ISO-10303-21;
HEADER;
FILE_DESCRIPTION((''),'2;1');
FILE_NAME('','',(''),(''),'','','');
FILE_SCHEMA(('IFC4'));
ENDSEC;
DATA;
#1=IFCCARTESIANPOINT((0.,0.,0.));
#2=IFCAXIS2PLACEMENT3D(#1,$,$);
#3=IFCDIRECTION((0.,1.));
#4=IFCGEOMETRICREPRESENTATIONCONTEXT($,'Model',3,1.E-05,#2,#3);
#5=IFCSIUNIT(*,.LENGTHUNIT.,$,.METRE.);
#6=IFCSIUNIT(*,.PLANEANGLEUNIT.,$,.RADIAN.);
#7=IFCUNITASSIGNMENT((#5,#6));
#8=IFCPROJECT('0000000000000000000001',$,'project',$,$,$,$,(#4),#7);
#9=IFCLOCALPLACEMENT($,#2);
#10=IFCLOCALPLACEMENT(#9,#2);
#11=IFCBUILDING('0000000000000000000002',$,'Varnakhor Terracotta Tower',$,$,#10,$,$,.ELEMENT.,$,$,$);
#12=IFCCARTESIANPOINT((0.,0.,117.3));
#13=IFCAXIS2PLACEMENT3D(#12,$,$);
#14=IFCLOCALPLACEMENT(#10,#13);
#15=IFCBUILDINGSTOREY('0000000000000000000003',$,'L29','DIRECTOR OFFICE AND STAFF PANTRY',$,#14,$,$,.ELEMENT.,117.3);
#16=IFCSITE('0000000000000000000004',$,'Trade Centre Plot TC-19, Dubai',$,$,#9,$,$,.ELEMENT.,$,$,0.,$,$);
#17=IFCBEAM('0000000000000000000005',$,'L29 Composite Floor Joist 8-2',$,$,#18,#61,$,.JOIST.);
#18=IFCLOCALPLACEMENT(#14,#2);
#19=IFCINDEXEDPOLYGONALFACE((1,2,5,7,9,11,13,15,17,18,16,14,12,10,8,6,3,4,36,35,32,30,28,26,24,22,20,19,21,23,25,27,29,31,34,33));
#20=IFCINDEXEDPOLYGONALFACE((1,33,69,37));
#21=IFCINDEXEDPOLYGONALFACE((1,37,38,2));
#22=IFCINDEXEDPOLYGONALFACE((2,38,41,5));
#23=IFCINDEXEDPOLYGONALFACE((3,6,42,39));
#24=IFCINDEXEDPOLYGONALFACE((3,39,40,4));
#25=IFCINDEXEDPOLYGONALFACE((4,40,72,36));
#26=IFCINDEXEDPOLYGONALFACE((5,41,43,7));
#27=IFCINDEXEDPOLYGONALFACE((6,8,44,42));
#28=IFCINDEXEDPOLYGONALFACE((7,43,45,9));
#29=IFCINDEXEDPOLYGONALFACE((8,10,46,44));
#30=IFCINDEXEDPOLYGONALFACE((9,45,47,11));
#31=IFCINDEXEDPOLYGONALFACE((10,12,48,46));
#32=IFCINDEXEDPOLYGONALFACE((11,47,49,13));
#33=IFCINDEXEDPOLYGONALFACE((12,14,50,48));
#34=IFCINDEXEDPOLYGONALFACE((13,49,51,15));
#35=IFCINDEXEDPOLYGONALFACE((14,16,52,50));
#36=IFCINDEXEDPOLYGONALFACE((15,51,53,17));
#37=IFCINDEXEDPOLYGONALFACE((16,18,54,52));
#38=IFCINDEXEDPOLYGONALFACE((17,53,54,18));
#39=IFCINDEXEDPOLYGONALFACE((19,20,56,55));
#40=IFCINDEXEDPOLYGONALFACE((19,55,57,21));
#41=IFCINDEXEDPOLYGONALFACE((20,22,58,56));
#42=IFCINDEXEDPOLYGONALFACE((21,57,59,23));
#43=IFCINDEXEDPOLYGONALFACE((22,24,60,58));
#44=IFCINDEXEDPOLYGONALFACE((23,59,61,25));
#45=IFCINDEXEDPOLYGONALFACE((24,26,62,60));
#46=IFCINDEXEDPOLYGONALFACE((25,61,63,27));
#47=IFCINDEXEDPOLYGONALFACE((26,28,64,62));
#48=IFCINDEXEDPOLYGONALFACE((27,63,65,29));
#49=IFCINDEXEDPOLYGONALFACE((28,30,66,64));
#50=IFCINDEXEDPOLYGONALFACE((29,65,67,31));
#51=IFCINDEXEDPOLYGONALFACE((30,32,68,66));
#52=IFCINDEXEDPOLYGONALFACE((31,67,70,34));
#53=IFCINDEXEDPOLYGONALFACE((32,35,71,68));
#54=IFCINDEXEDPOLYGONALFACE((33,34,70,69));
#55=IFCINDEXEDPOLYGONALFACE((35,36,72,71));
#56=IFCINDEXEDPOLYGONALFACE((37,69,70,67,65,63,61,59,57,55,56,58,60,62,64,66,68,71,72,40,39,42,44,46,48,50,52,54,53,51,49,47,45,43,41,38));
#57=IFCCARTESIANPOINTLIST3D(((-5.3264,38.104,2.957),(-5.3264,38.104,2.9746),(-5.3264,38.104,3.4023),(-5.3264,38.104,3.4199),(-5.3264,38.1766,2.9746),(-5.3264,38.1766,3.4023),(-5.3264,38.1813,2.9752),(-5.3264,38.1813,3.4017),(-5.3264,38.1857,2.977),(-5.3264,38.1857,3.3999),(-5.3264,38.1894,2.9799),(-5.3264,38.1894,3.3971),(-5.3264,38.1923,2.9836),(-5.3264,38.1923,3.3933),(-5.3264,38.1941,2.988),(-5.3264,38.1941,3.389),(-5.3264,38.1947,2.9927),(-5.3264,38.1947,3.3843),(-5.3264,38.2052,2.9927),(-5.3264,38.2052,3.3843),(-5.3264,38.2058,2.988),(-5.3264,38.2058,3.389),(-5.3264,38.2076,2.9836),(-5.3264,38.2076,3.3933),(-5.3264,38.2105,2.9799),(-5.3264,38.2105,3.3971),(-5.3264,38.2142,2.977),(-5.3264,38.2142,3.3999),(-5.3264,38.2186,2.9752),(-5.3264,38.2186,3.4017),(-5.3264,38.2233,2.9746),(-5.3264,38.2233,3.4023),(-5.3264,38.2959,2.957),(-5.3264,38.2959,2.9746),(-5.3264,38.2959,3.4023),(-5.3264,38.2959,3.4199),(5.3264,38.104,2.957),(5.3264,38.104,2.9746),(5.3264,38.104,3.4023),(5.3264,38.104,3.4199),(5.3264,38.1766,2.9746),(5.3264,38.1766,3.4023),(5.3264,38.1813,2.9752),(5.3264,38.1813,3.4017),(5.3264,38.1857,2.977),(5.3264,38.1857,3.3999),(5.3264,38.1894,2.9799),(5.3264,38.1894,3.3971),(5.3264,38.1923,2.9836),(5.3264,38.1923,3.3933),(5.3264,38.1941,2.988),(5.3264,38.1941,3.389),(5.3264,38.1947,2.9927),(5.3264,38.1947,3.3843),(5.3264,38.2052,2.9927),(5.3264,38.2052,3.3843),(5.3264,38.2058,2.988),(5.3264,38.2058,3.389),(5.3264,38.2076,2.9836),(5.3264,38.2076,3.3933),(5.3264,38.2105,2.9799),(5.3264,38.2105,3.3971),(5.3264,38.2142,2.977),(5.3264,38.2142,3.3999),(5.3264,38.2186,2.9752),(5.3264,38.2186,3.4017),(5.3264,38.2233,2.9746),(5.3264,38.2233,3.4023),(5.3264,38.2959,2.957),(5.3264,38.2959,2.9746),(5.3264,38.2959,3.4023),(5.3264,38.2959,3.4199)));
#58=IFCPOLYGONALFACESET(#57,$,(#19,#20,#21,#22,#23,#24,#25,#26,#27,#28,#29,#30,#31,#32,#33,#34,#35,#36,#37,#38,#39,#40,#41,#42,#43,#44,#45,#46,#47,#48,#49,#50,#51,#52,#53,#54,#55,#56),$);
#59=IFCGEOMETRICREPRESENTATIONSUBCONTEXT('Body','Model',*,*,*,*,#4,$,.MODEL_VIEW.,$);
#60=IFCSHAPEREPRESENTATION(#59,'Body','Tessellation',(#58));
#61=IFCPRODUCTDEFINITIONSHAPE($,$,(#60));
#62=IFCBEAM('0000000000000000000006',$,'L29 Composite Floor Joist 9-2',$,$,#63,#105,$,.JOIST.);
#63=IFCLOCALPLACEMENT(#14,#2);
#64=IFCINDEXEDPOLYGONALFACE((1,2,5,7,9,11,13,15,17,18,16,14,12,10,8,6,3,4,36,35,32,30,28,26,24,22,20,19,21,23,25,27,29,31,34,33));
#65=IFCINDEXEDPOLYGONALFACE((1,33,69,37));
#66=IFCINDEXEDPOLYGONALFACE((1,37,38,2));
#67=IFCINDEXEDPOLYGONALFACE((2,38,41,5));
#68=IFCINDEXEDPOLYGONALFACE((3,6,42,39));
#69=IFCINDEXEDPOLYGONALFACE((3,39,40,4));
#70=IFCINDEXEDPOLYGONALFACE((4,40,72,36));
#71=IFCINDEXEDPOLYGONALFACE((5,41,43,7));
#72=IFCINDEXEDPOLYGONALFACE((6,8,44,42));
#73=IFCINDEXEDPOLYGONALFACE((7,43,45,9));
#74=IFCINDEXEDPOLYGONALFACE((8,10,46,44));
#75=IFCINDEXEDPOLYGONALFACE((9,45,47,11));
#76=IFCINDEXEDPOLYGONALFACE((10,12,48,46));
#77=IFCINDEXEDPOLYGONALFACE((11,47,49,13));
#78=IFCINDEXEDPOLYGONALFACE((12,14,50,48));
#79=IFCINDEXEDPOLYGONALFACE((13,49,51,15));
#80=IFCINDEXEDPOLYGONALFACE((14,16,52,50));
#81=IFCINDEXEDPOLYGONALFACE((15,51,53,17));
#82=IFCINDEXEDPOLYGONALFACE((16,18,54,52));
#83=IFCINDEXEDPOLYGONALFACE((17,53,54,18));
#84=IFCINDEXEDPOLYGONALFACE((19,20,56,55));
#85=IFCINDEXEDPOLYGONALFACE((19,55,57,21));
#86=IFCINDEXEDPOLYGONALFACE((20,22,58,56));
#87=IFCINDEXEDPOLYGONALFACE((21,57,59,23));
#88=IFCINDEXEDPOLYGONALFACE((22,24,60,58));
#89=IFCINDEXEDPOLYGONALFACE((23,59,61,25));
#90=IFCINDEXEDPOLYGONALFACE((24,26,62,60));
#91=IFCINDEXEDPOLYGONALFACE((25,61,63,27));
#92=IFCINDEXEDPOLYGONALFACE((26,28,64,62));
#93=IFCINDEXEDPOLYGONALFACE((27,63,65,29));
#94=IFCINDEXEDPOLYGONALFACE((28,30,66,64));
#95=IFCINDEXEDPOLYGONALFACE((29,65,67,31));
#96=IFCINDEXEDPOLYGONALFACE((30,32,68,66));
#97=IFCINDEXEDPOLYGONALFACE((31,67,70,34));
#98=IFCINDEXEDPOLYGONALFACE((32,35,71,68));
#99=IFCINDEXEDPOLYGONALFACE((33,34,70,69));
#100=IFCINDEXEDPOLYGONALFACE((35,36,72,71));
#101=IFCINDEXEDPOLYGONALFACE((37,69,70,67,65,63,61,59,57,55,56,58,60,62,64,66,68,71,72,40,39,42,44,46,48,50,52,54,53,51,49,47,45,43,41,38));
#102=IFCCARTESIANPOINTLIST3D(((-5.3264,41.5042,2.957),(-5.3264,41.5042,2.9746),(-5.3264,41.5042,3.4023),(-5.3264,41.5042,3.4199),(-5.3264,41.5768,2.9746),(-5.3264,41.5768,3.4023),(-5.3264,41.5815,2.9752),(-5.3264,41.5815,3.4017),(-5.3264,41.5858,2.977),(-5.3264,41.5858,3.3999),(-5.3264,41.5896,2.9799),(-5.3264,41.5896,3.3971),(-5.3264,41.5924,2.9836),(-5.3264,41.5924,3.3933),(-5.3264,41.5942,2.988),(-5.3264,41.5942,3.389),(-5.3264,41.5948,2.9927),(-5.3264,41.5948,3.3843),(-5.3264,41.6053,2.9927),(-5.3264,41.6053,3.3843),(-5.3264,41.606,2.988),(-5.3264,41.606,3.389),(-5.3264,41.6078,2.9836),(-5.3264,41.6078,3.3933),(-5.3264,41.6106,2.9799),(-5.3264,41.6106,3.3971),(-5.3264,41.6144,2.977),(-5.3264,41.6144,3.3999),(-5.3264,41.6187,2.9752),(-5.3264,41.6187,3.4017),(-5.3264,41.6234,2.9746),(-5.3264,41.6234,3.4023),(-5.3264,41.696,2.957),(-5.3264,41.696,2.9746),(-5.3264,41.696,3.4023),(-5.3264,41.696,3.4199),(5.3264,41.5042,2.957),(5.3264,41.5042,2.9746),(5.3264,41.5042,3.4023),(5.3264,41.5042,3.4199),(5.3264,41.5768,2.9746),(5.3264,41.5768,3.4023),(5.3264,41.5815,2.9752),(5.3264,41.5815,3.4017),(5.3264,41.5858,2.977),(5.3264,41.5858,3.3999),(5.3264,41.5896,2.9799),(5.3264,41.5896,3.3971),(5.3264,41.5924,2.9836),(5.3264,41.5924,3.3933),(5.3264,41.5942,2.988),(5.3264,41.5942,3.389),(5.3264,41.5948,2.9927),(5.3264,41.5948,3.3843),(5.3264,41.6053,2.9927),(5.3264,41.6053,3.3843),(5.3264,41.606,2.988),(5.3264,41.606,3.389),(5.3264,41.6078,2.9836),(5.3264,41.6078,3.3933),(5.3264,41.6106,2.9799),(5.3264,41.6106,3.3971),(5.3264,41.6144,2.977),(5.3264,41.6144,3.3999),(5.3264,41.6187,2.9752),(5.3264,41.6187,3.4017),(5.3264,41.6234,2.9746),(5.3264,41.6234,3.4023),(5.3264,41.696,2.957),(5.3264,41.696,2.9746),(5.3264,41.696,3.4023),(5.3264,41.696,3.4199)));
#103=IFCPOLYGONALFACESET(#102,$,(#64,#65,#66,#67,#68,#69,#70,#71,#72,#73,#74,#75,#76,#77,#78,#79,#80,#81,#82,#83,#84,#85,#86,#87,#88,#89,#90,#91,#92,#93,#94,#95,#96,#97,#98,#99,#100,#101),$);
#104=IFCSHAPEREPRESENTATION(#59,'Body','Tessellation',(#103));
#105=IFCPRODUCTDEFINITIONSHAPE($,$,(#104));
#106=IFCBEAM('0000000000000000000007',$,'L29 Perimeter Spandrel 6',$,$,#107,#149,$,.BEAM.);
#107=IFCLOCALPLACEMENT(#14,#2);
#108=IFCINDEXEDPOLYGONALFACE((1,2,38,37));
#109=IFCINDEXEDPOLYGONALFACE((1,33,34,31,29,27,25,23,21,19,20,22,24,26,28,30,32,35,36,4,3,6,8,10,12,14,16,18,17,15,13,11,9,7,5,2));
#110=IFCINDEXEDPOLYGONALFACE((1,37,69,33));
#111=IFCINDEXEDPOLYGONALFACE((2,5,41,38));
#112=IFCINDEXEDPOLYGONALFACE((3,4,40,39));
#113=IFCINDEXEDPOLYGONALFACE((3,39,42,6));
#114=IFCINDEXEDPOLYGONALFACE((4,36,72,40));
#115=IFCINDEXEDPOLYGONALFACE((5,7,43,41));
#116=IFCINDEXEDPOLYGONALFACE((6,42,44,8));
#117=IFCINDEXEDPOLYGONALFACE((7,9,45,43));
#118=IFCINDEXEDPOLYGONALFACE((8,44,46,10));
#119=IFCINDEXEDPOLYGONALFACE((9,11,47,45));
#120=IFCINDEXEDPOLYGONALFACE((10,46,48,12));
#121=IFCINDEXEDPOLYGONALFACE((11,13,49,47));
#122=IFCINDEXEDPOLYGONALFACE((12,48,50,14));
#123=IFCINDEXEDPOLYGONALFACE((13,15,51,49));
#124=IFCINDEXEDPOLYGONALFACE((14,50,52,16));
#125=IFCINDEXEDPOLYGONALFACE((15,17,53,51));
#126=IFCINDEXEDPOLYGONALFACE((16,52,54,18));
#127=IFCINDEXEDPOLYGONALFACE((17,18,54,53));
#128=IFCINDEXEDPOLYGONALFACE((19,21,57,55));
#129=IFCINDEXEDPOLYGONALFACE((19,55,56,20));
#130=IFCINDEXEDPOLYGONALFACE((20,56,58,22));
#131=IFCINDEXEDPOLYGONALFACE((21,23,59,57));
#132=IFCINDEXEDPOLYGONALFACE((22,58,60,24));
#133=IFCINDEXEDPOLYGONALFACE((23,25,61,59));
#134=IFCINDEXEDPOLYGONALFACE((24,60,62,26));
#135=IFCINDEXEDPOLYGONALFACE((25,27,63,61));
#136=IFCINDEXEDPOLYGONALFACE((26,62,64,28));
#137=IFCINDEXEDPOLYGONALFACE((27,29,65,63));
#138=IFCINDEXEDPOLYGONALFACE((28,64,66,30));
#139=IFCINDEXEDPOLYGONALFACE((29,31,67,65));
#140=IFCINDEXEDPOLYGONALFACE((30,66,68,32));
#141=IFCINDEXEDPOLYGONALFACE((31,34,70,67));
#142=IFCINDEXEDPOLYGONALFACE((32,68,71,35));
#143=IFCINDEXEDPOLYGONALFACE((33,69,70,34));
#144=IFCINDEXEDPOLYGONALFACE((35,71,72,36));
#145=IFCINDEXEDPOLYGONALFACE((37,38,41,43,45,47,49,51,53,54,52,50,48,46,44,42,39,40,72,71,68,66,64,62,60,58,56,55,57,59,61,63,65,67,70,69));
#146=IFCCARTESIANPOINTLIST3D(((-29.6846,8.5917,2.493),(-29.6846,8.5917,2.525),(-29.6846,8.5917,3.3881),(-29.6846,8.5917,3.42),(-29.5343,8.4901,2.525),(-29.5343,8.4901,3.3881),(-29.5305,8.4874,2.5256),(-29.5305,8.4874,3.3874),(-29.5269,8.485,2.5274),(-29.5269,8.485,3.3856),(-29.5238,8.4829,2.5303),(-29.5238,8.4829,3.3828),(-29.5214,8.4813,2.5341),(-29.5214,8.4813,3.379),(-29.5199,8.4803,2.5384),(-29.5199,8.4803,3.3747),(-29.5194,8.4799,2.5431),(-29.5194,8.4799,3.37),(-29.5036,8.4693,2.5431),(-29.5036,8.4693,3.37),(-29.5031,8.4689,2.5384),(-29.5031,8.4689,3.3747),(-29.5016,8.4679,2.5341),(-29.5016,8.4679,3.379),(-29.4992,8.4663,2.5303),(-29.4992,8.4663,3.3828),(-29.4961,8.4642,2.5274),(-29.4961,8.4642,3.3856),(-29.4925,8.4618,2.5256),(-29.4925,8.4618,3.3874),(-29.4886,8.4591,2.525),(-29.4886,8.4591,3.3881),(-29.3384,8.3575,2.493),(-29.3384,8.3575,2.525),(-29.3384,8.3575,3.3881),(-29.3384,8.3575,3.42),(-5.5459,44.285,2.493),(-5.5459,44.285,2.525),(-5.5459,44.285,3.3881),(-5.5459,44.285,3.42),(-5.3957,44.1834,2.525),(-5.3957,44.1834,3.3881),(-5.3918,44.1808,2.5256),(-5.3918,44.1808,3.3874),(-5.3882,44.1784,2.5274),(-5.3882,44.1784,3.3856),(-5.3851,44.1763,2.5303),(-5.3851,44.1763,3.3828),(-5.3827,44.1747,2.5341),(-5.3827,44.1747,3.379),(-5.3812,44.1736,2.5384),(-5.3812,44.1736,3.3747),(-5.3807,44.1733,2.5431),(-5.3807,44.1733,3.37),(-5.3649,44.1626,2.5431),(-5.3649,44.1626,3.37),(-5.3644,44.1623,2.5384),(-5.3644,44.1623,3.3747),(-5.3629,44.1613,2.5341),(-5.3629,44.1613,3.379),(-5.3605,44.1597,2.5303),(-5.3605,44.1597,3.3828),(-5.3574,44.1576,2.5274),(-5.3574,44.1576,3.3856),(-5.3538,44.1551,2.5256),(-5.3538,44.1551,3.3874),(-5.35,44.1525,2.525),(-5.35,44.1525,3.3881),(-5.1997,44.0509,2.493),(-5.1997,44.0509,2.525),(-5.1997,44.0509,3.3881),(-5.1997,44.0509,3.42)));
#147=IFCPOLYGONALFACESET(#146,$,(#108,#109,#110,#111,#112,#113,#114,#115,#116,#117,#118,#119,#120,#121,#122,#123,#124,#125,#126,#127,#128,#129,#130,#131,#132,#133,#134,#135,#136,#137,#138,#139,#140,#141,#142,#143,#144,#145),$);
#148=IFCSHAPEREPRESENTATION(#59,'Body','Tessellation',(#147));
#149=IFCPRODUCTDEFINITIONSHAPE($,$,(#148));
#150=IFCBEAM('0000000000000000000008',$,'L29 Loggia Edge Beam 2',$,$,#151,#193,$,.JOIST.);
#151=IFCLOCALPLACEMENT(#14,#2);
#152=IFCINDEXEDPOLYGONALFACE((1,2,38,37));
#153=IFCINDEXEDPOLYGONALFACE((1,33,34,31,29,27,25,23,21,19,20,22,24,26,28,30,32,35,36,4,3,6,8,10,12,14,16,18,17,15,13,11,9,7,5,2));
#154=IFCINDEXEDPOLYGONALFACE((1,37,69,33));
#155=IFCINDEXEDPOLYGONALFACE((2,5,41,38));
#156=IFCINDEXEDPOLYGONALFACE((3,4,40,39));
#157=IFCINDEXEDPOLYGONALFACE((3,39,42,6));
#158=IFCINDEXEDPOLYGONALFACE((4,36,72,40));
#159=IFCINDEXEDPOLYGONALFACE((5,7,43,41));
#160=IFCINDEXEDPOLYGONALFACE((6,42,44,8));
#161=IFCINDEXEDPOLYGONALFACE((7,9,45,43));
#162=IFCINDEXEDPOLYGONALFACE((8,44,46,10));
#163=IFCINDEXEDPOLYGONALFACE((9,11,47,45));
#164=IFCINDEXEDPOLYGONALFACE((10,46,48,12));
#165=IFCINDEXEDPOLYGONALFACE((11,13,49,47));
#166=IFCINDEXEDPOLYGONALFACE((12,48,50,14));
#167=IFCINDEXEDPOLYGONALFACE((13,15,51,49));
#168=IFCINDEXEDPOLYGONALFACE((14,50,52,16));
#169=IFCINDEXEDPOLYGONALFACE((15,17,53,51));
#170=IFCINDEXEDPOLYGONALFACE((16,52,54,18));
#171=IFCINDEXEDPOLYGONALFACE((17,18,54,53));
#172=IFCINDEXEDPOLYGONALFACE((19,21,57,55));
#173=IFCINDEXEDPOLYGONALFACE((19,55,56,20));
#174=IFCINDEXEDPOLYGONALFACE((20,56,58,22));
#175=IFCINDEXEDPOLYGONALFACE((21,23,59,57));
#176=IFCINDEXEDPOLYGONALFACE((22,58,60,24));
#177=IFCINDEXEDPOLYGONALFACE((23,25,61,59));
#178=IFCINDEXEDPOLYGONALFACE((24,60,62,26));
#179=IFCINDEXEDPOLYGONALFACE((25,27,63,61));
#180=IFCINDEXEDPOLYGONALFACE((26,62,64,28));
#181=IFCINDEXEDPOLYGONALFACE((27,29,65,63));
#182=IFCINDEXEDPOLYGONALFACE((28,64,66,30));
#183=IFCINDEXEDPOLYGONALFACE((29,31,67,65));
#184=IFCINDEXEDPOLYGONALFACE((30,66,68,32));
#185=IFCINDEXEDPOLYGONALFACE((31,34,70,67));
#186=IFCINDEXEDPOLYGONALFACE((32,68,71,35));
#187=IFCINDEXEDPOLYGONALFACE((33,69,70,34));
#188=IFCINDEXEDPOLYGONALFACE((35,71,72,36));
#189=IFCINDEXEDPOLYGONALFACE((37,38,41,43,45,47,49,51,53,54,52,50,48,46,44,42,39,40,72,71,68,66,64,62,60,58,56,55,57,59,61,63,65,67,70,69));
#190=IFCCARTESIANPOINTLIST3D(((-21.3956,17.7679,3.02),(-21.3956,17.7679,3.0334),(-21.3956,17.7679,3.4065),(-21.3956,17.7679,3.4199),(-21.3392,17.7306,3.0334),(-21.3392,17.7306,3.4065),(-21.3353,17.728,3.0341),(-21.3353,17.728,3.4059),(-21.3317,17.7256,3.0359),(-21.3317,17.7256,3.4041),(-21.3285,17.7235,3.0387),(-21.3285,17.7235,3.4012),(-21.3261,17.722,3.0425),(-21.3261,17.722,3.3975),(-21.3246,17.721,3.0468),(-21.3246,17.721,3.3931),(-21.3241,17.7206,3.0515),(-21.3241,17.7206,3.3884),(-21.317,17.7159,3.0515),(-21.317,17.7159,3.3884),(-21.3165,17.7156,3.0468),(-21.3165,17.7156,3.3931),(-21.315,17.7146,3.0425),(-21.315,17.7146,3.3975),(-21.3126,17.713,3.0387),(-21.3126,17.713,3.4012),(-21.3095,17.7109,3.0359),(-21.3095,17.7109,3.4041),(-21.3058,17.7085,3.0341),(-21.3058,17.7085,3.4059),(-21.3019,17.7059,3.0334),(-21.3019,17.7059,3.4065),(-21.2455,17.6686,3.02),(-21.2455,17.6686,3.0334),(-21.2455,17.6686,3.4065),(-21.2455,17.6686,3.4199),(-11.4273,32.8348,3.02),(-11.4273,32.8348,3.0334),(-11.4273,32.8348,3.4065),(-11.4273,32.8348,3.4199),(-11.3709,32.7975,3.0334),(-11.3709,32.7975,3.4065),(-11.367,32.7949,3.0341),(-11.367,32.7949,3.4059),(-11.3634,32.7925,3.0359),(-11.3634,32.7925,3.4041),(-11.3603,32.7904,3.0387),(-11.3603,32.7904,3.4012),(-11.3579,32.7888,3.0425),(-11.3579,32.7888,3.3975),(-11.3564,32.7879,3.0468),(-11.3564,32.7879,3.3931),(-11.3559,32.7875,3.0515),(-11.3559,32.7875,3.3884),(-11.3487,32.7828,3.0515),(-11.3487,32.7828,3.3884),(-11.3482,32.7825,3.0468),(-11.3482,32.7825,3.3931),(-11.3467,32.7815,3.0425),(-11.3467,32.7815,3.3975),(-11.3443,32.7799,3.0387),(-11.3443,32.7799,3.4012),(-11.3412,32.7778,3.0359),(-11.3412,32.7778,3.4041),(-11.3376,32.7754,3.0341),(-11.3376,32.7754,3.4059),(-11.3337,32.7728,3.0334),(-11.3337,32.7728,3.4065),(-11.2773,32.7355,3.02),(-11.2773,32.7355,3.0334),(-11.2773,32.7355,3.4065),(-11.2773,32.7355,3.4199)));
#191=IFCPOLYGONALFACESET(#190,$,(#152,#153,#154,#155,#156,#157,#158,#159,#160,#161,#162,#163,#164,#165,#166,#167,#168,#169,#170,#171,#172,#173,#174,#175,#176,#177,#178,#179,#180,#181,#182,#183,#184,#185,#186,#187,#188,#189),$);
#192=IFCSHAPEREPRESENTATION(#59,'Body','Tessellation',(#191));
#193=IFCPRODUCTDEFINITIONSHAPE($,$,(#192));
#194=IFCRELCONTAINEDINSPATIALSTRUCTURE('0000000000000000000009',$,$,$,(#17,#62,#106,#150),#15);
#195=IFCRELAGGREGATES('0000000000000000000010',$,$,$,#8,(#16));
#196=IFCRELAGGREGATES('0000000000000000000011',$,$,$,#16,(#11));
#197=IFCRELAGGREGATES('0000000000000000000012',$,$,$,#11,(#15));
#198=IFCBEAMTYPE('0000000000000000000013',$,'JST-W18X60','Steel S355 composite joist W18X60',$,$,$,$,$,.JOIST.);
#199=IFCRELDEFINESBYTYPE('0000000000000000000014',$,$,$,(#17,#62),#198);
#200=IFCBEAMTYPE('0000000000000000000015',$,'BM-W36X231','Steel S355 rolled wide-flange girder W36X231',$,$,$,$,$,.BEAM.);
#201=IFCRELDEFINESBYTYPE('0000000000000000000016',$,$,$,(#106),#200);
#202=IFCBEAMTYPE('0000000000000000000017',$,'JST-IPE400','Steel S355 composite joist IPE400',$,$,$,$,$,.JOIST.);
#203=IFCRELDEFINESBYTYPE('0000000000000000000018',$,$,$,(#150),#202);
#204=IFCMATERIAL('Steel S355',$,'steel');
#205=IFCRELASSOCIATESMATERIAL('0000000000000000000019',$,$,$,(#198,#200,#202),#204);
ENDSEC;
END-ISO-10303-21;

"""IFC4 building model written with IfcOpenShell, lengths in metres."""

from ifc_helpers import new_model, si_unit, direction, frame, origin, origin_2d, place, context, subcontext, project, spatial, i_section, extrude, source, transform, mapped, material, material_profile, profile_set, type_object, element, save


model = new_model("IFC4")

# Units and contexts
model_context = context("Model", 3, precision=1e-05, world=origin(), true_north=direction((0.0, 1.0)))
body_context = subcontext(model_context, "Body", "Model", "MODEL_VIEW")
ifc_project = project(units=[si_unit("LENGTHUNIT", "METRE"), si_unit("PLANEANGLEUNIT", "RADIAN")], contexts=[model_context])

# Site, building, storey
site_placement = place(None, origin())
site = spatial("IfcSite", under=ifc_project, at=site_placement, Name="Trade Centre Plot TC-19, Dubai", CompositionType="ELEMENT", RefElevation=0.0)
building_placement = place(site_placement, origin())
building = spatial("IfcBuilding", under=site, at=building_placement, Name="Varnakhor Terracotta Tower", CompositionType="ELEMENT")
storey_placement = place(building_placement, frame((0.0, 0.0, 117.3)))
storey = spatial("IfcBuildingStorey", under=building, at=storey_placement, Name="L29", Description="DIRECTOR OFFICE AND STAFF PANTRY", CompositionType="ELEMENT", Elevation=117.3)

# Beams
ifc_material_1 = material(Name="Steel S355", Category="steel")
ifc_material_profile_1 = material_profile(ifc_material_1, i_section(OverallWidth=0.1919, OverallDepth=0.4629, WebThickness=0.0105, FlangeThickness=0.0176, FilletRadius=0.0181, at=origin_2d()), Name="W18X60")
ifc_profile_set_1 = profile_set([ifc_material_profile_1], Name="Steel S355")
beam_type_1 = type_object("IfcBeamType", Name="JST-W18X60", Description="Steel S355 composite joist W18X60", PredefinedType="JOIST", material=ifc_profile_set_1)
shared_shape_1 = source(origin(), body_context, "Body", "SweptSolid", [
    extrude(i_section(OverallWidth=0.1919, OverallDepth=0.4629, WebThickness=0.0105, FlangeThickness=0.0176, FilletRadius=0.0181, at=origin_2d()), origin(), (0.0, 0.0, 1.0), 10.6528),
])
for number, where, z_axis, x_axis, name in (
    (1, (-5.3264, 38.2, 3.1885), (1.0, 0.0, 0.0), (0.0, 1.0, 0.0), "L29 Composite Floor Joist 8-2"),
    (2, (-5.3264, 41.6001, 3.1885), (1.0, 0.0, 0.0), (0.0, 1.0, 0.0), "L29 Composite Floor Joist 9-2"),
):
    element("IfcBeam", number, at=place(storey_placement, frame(where, z_axis=z_axis, x_axis=x_axis)), inside=storey, type_object=beam_type_1, Name=name, PredefinedType="JOIST", context=body_context, shape_type="MappedRepresentation", body=[
        mapped(shared_shape_1, transform((0.0, 0.0, 0.0), scale=1.0)),
    ])
ifc_material_profile_2 = material_profile(ifc_material_1, i_section(OverallWidth=0.418, OverallDepth=0.927, WebThickness=0.019, FlangeThickness=0.032, FilletRadius=0.0181, at=origin_2d()), Name="W36X231")
ifc_profile_set_2 = profile_set([ifc_material_profile_2], Name="Steel S355")
beam_type_2 = type_object("IfcBeamType", Name="BM-W36X231", Description="Steel S355 rolled wide-flange girder W36X231", PredefinedType="BEAM", material=ifc_profile_set_2)
shared_shape_2 = source(origin(), body_context, "Body", "SweptSolid", [
    extrude(i_section(OverallWidth=0.418, OverallDepth=0.927, WebThickness=0.019, FlangeThickness=0.032, FilletRadius=0.0181, at=origin_2d()), origin(), (0.0, 0.0, 1.0), 43.0894),
])
beam_1_placement = place(storey_placement, frame((-5.3728, 44.168, 2.9565), z_axis=(-0.560201, -0.828357, 0.0), x_axis=(0.828357, -0.560201, 0.0)))
element("IfcBeam", 3, at=beam_1_placement, inside=storey, type_object=beam_type_2, Name="L29 Perimeter Spandrel 6", PredefinedType="BEAM", context=body_context, shape_type="MappedRepresentation", body=[
    mapped(shared_shape_2, transform((0.0, 0.0, 0.0), scale=1.0)),
])
ifc_material_profile_3 = material_profile(ifc_material_1, i_section(OverallWidth=0.1799, OverallDepth=0.3999, WebThickness=0.0085, FlangeThickness=0.0134, FilletRadius=0.0181, at=origin_2d()), Name="IPE400")
ifc_profile_set_3 = profile_set([ifc_material_profile_3], Name="Steel S355")
beam_type_3 = type_object("IfcBeamType", Name="JST-IPE400", Description="Steel S355 composite joist IPE400", PredefinedType="JOIST", material=ifc_profile_set_3)
shared_shape_3 = source(origin(), body_context, "Body", "SweptSolid", [
    extrude(i_section(OverallWidth=0.1799, OverallDepth=0.3999, WebThickness=0.0085, FlangeThickness=0.0134, FilletRadius=0.0181, at=origin_2d()), origin(), (0.0, 0.0, 1.0), 18.0659),
])
beam_2_placement = place(storey_placement, frame((-11.3523, 32.7852, 3.22), z_axis=(-0.551772, -0.833995, 0.0), x_axis=(0.833995, -0.551772, 0.0)))
element("IfcBeam", 4, at=beam_2_placement, inside=storey, type_object=beam_type_3, Name="L29 Loggia Edge Beam 2", PredefinedType="JOIST", context=body_context, shape_type="MappedRepresentation", body=[
    mapped(shared_shape_3, transform((0.0, 0.0, 0.0), scale=1.0)),
])

save(model, "model.ifc")
